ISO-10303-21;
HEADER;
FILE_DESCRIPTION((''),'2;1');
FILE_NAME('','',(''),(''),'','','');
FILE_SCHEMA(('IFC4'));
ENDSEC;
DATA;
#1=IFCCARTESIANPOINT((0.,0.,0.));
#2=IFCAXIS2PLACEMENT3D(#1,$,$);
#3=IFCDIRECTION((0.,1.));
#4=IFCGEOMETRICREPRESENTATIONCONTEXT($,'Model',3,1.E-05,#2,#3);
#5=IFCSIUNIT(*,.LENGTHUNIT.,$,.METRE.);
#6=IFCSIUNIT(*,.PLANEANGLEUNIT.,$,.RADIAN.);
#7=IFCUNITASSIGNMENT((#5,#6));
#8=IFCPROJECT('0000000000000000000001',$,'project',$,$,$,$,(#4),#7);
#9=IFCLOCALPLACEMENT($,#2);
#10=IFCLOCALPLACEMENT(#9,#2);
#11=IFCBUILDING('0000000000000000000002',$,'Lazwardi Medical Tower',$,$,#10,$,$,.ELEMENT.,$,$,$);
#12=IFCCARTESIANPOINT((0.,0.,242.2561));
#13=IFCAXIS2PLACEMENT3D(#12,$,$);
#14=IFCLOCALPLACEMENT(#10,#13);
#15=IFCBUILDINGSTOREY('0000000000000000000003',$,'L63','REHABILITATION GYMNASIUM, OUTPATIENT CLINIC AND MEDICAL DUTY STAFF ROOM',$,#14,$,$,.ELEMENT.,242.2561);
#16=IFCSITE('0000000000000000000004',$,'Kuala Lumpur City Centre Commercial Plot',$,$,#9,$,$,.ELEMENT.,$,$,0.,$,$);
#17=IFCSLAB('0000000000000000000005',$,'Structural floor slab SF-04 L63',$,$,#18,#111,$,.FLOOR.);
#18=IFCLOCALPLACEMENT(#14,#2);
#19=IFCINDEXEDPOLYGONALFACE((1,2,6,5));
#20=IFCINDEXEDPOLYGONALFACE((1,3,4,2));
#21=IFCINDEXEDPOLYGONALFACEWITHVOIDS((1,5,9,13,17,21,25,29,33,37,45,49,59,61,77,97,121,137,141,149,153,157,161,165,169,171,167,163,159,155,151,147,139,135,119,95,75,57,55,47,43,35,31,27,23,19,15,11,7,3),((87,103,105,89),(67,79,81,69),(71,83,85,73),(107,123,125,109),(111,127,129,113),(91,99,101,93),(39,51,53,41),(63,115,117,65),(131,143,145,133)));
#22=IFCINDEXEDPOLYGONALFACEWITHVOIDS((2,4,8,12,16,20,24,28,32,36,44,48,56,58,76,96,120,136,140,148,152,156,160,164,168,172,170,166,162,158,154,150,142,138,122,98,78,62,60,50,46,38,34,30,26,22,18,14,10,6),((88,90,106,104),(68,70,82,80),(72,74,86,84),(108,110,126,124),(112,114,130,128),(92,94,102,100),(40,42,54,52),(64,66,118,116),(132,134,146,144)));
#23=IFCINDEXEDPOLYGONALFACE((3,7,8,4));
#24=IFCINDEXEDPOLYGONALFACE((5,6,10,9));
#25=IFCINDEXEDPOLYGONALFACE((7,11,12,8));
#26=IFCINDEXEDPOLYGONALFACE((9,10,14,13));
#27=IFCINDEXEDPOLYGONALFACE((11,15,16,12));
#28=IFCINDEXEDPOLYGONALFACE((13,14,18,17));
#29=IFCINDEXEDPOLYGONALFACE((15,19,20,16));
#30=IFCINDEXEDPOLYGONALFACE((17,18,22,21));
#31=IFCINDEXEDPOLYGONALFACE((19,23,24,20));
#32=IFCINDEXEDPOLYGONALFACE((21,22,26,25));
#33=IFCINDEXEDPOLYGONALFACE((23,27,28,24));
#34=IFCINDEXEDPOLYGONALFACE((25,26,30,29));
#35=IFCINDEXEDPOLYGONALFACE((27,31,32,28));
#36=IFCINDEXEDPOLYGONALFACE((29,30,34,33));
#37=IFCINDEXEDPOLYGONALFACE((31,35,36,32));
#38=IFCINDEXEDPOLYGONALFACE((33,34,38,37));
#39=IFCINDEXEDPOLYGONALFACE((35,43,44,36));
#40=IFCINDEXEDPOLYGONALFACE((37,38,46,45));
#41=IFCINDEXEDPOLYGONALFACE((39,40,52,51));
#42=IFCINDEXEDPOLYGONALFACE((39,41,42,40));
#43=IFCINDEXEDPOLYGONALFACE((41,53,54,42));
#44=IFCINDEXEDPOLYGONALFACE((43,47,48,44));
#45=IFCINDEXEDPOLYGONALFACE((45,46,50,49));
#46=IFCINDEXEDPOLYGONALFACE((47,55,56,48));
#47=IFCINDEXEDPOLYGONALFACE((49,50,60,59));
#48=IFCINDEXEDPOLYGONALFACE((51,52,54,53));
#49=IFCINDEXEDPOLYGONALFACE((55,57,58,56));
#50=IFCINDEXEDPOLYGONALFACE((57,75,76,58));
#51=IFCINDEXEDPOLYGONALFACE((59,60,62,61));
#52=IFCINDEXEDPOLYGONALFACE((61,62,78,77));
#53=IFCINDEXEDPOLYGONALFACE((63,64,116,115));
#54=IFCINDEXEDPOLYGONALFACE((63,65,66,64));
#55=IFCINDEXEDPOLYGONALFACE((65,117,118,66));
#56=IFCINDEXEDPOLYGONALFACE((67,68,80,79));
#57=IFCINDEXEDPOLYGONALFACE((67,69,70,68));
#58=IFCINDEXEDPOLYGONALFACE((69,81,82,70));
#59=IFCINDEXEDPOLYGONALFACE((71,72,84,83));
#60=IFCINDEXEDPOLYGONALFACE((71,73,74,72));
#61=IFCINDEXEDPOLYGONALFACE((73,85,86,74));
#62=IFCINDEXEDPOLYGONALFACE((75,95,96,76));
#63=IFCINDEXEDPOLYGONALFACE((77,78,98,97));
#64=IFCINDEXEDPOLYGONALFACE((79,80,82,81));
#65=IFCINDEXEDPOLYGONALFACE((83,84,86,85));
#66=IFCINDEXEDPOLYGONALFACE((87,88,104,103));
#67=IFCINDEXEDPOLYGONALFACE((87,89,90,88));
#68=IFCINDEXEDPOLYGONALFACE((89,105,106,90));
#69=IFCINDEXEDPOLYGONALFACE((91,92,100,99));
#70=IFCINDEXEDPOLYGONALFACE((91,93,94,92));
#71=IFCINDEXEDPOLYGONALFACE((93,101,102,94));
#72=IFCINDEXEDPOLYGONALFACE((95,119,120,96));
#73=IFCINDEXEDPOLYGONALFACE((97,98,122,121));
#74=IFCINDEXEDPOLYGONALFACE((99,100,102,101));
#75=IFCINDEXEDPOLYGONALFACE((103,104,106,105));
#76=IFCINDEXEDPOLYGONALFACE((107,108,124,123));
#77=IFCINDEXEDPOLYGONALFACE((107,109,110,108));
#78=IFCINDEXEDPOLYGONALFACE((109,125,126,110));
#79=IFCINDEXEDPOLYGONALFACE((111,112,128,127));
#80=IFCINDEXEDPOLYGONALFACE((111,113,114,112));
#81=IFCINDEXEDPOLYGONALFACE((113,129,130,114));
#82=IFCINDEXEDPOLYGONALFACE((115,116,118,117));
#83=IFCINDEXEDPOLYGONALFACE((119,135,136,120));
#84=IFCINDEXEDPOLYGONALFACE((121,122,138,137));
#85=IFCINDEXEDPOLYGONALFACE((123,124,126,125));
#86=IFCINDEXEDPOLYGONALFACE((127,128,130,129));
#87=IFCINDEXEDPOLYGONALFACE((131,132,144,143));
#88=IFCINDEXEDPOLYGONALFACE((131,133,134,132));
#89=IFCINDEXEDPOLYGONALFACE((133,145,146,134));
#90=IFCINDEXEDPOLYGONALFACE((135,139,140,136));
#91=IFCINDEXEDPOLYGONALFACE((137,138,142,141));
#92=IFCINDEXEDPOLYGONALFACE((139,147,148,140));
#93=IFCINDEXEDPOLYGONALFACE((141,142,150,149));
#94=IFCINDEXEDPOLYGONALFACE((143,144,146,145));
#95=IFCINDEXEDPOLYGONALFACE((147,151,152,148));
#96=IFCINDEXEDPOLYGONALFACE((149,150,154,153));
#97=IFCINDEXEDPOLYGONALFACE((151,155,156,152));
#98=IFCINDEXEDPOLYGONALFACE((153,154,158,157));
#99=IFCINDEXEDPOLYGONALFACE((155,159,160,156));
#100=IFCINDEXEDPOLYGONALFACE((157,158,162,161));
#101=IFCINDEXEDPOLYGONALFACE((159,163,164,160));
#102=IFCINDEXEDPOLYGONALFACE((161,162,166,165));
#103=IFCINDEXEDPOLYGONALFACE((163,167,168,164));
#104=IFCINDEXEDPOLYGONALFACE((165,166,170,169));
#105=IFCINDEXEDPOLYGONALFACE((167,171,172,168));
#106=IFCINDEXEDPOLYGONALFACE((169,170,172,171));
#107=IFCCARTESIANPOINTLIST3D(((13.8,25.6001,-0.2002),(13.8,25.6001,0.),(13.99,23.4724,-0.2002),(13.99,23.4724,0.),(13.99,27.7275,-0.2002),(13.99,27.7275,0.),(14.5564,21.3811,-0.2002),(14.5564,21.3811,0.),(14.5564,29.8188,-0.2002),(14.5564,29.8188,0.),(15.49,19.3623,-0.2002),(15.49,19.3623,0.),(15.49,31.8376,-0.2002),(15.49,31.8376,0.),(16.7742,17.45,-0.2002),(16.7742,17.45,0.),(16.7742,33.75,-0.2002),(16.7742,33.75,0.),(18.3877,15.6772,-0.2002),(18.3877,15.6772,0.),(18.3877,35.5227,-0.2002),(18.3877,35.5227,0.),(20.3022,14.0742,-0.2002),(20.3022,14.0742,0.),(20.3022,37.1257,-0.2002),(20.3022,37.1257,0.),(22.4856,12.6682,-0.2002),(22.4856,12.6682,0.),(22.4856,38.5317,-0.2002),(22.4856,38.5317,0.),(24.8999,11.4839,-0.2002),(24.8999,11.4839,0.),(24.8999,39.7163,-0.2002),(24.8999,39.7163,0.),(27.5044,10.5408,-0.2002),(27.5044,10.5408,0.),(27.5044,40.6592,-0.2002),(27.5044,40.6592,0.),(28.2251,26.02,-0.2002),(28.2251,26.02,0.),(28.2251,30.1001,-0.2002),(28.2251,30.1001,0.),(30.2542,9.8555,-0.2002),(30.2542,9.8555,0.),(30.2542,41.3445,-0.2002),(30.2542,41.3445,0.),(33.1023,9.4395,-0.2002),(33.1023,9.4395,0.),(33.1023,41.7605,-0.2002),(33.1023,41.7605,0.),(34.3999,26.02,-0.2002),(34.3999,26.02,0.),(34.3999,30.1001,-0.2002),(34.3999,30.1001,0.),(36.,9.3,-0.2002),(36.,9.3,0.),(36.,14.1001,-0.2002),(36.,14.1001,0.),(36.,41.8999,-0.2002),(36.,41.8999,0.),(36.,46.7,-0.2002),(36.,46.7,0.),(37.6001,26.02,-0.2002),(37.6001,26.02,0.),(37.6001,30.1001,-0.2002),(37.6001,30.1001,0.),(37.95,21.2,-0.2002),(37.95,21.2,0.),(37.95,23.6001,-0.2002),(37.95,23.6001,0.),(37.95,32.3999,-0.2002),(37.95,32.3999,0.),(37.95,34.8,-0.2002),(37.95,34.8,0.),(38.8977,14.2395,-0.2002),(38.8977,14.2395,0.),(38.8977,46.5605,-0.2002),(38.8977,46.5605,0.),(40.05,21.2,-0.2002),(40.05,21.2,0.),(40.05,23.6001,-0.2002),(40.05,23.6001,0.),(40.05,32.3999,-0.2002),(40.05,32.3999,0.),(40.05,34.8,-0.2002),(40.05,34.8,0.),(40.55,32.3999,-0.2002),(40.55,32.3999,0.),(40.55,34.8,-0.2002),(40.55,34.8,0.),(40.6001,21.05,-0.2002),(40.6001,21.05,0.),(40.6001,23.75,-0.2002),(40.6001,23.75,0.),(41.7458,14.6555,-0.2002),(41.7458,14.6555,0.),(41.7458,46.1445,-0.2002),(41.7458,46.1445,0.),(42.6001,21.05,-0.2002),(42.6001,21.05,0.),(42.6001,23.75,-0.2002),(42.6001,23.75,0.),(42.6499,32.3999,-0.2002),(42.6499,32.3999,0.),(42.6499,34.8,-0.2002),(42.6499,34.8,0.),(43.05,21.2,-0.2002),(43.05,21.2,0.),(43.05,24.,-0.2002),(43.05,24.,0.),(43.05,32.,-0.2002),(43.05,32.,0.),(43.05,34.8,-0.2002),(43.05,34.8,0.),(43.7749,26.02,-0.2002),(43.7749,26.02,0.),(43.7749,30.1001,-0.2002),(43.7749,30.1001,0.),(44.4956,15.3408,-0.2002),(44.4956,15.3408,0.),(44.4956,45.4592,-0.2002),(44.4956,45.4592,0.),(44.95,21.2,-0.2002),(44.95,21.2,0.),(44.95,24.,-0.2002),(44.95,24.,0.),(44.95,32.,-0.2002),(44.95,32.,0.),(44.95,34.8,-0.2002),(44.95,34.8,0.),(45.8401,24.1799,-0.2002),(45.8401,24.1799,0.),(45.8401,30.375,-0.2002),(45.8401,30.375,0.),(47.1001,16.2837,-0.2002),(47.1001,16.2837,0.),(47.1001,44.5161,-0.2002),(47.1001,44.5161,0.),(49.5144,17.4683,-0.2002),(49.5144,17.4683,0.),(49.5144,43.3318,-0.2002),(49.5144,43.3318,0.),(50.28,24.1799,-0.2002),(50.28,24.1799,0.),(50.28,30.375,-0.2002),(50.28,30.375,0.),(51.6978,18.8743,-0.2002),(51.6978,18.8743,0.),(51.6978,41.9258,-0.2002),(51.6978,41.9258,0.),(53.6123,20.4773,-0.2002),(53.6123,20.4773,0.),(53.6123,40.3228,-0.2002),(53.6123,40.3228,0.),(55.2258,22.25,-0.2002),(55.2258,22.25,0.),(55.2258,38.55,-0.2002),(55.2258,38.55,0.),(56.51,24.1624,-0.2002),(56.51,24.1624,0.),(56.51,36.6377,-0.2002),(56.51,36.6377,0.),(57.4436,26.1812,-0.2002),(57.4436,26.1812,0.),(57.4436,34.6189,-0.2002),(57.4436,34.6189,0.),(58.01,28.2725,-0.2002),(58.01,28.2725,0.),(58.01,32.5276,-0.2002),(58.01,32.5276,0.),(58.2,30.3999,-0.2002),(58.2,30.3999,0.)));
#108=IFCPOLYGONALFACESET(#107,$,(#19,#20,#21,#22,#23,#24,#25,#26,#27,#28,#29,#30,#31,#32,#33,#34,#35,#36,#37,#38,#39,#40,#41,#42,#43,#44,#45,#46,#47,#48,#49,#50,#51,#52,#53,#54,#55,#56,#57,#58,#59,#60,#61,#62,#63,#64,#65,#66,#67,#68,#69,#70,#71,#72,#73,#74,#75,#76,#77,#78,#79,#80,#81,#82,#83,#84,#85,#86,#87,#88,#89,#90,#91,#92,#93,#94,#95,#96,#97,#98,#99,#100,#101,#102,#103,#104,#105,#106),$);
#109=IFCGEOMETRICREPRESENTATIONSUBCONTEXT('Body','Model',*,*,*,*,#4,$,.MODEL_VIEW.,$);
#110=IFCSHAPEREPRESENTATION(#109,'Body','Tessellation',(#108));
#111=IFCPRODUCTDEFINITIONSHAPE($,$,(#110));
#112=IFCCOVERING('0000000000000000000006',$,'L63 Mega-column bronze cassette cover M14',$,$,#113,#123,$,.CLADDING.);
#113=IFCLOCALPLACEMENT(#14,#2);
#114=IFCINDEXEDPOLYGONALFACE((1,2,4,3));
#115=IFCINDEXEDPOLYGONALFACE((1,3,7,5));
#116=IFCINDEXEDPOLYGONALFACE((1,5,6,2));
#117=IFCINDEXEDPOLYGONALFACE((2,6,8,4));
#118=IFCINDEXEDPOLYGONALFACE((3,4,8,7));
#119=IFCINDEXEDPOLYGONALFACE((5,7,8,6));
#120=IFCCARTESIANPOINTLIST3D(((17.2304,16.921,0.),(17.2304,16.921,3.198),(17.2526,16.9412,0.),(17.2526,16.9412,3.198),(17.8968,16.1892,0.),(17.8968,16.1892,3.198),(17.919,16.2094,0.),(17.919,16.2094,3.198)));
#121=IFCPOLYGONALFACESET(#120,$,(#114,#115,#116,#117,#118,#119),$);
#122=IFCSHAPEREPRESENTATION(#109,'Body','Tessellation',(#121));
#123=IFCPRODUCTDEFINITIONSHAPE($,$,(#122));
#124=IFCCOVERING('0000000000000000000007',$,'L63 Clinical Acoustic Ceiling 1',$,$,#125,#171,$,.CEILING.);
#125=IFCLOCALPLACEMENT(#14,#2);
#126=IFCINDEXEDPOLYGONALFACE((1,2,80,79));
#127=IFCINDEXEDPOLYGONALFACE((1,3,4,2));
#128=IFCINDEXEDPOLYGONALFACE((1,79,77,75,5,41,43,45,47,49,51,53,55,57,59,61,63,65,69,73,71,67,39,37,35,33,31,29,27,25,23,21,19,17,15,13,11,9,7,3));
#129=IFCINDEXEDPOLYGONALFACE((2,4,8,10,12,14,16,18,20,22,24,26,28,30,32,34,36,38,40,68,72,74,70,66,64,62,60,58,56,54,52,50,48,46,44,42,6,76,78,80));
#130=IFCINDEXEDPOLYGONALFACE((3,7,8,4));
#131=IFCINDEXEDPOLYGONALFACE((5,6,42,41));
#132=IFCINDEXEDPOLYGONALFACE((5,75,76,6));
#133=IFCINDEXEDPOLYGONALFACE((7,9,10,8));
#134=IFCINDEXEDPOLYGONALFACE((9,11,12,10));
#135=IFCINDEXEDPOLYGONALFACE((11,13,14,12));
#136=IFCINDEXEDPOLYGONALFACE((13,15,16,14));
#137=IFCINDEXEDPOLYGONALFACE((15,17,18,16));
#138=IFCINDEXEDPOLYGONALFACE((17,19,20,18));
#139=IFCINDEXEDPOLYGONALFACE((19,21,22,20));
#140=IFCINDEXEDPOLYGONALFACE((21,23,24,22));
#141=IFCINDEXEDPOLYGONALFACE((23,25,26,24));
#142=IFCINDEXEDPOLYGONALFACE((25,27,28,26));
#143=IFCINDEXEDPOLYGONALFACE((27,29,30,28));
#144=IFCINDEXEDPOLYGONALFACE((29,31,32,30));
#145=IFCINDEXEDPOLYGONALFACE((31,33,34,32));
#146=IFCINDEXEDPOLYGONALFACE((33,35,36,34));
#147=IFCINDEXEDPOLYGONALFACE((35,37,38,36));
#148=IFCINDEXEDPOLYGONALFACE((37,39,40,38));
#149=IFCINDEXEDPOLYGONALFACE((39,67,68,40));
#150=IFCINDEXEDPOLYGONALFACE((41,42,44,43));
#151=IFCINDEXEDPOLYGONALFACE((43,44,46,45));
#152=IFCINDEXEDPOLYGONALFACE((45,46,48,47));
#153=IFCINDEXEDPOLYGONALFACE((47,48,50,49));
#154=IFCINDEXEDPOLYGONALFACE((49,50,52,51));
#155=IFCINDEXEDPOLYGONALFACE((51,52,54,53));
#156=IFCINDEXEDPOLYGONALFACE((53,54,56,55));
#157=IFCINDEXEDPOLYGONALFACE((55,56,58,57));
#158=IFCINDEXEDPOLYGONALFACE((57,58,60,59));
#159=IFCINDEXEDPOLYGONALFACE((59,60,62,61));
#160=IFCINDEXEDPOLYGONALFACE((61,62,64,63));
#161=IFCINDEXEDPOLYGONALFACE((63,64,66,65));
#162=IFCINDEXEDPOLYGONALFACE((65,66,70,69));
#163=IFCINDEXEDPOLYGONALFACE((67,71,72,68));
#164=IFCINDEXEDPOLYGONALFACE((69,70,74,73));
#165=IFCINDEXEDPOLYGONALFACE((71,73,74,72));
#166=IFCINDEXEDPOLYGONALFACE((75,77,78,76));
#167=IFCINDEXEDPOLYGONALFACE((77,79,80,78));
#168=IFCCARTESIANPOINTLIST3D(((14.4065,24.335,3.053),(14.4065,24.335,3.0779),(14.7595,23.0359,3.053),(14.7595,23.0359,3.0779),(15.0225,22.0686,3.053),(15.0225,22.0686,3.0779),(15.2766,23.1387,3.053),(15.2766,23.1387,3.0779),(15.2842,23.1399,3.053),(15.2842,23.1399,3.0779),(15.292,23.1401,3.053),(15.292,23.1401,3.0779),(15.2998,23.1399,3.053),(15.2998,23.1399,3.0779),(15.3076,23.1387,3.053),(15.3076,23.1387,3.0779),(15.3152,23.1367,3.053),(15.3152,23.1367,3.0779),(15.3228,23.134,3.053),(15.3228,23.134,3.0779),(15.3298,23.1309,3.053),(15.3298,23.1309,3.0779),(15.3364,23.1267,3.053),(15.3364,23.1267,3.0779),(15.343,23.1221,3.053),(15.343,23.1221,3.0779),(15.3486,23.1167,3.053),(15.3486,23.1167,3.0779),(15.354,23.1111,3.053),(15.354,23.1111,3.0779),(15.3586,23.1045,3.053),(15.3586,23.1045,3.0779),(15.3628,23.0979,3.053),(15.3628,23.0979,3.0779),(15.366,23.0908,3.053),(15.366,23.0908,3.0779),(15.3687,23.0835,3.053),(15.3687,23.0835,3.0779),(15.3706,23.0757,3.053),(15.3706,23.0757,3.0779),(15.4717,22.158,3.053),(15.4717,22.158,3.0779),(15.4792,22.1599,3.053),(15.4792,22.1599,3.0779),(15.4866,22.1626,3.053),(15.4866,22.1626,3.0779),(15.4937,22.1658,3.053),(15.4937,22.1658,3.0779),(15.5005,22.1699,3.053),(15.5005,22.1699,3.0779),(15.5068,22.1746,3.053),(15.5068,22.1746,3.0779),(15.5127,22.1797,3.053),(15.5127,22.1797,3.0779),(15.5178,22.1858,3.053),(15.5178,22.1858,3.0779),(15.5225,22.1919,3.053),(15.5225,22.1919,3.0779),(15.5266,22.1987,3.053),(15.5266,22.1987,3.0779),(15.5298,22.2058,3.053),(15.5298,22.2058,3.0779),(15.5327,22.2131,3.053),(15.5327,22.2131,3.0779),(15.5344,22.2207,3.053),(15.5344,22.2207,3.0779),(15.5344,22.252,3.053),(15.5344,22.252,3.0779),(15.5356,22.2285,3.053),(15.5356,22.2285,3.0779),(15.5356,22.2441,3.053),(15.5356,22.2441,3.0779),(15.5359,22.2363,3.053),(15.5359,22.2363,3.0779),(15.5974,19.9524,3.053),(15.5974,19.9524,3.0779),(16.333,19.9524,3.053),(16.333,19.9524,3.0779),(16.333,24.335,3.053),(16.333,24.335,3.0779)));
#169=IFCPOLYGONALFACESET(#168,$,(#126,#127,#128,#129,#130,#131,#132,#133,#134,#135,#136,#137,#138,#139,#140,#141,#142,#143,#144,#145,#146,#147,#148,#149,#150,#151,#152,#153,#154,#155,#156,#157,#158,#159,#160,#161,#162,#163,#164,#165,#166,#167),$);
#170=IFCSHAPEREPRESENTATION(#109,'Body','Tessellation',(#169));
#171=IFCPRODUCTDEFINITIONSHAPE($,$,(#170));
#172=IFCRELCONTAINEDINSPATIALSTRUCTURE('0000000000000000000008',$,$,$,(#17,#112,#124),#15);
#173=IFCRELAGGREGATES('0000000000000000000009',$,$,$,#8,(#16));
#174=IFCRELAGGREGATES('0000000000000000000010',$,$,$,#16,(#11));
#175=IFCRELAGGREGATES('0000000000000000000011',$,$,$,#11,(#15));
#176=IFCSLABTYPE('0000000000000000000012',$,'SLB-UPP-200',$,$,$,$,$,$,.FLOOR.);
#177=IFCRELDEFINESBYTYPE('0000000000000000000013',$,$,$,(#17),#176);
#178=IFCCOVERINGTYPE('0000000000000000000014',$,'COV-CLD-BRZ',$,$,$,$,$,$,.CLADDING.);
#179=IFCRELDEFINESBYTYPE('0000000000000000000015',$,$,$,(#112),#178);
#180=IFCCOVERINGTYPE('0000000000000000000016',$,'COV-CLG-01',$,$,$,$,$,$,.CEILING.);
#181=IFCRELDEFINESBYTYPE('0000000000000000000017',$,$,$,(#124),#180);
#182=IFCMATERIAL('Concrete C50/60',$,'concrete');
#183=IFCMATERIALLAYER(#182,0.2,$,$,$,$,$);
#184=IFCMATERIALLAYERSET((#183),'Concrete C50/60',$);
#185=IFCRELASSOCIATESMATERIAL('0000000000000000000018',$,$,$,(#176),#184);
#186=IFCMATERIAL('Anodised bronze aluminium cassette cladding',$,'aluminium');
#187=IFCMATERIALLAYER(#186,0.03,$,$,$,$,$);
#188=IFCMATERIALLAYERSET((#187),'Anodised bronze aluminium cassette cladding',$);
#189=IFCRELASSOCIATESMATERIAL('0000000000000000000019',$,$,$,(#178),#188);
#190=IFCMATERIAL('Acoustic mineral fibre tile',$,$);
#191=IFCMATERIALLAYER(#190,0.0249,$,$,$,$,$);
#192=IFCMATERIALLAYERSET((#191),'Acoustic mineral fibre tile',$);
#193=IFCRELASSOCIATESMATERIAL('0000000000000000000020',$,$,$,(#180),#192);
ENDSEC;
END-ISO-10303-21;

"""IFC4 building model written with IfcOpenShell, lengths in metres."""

from ifc_helpers import new_model, si_unit, direction, frame, origin, origin_2d, place, context, subcontext, project, spatial, polyline, rectangle, outline, extrude, material, layer, layer_set, type_object, element, save


model = new_model("IFC4")

# Units and contexts
model_context = context("Model", 3, precision=1e-05, world=origin(), true_north=direction((0.0, 1.0)))
body_context = subcontext(model_context, "Body", "Model", "MODEL_VIEW")
ifc_project = project(units=[si_unit("LENGTHUNIT", "METRE"), si_unit("PLANEANGLEUNIT", "RADIAN")], contexts=[model_context])

# Site, building, storey
site_placement = place(None, origin())
site = spatial("IfcSite", under=ifc_project, at=site_placement, Name="Kuala Lumpur City Centre Commercial Plot", CompositionType="ELEMENT", RefElevation=0.0)
building_placement = place(site_placement, origin())
building = spatial("IfcBuilding", under=site, at=building_placement, Name="Lazwardi Medical Tower", CompositionType="ELEMENT")
storey_placement = place(building_placement, frame((0.0, 0.0, 242.2561)))
storey = spatial("IfcBuildingStorey", under=building, at=storey_placement, Name="L63", Description="REHABILITATION GYMNASIUM, OUTPATIENT CLINIC AND MEDICAL DUTY STAFF ROOM", CompositionType="ELEMENT", Elevation=242.2561)

# Slab
ifc_material_1 = material(Name="Concrete C50/60", Category="concrete")
ifc_layer_1 = layer(ifc_material_1, 0.2)
ifc_layer_set_1 = layer_set([ifc_layer_1], Name="Concrete C50/60")
slab_type_1 = type_object("IfcSlabType", Name="SLB-UPP-200", PredefinedType="FLOOR", material=ifc_layer_set_1)
slab_1_placement = place(storey_placement, frame((0.0, 0.0, -0.2002)))
element("IfcSlab", 1, at=slab_1_placement, inside=storey, type_object=slab_type_1, Name="Structural floor slab SF-04 L63", PredefinedType="FLOOR", context=body_context, shape_type="SweptSolid", body=[
    extrude(outline(polyline([(18.3877, 15.6772), (20.3022, 14.0742), (22.4856, 12.6682), (24.8999, 11.4839), (27.5044, 10.5408), (30.2542, 9.8555), (33.1023, 9.4395), (36.0, 9.3), (36.0, 14.1001), (38.8977, 14.2395), (41.7458, 14.6555), (44.4956, 15.3408), (47.1001, 16.2837), (49.5144, 17.4683), (51.6978, 18.8743), (53.6123, 20.4773), (55.2258, 22.25), (56.51, 24.1624), (57.4436, 26.1812), (58.01, 28.2725), (58.2, 30.3999), (58.01, 32.5276), (57.4436, 34.6189), (56.51, 36.6377), (55.2258, 38.55), (53.6123, 40.3228), (51.6978, 41.9258), (49.5144, 43.3318), (47.1001, 44.5161), (44.4956, 45.4592), (41.7458, 46.1445), (38.8977, 46.5605), (36.0, 46.7), (36.0, 41.8999), (33.1023, 41.7605), (30.2542, 41.3445), (27.5044, 40.6592), (24.8999, 39.7163), (22.4856, 38.5317), (20.3022, 37.1257), (18.3877, 35.5227), (16.7742, 33.75), (15.49, 31.8376), (14.5564, 29.8188), (13.99, 27.7275), (13.8, 25.6001), (13.99, 23.4724), (14.5564, 21.3811), (15.49, 19.3623), (16.7742, 17.45), (18.3877, 15.6772)]), holes=[polyline([(28.2251, 26.02), (28.2251, 30.1001), (34.3999, 30.1001), (34.3999, 26.02), (28.2251, 26.02)]), polyline([(37.6001, 30.1001), (43.7749, 30.1001), (43.7749, 26.02), (37.6001, 26.02), (37.6001, 30.1001)]), polyline([(50.28, 30.375), (50.28, 24.1799), (45.8401, 24.1799), (45.8401, 30.375), (50.28, 30.375)]), polyline([(40.05, 32.3999), (37.95, 32.3999), (37.95, 34.8), (40.05, 34.8), (40.05, 32.3999)]), polyline([(40.55, 32.3999), (40.55, 34.8), (42.6499, 34.8), (42.6499, 32.3999), (40.55, 32.3999)]), polyline([(37.95, 23.6001), (40.05, 23.6001), (40.05, 21.2), (37.95, 21.2), (37.95, 23.6001)]), polyline([(44.95, 34.8), (44.95, 32.0), (43.05, 32.0), (43.05, 34.8), (44.95, 34.8)]), polyline([(44.95, 21.2), (43.05, 21.2), (43.05, 24.0), (44.95, 24.0), (44.95, 21.2)]), polyline([(40.6001, 21.05), (40.6001, 23.75), (42.6001, 23.75), (42.6001, 21.05), (40.6001, 21.05)])]), origin(), (0.0, 0.0, 1.0), 0.2002),
])

# Coverings
ifc_material_2 = material(Name="Anodised bronze aluminium cassette cladding", Category="aluminium")
ifc_layer_2 = layer(ifc_material_2, 0.03)
ifc_layer_set_2 = layer_set([ifc_layer_2], Name="Anodised bronze aluminium cassette cladding")
covering_type_1 = type_object("IfcCoveringType", Name="COV-CLD-BRZ", PredefinedType="CLADDING", material=ifc_layer_set_2)
covering_1_placement = place(storey_placement, frame((17.5747, 16.5652, 0.0), z_axis=(0.0, 0.0, 1.0), x_axis=(0.673241, -0.739423, 0.0)))
element("IfcCovering", 2, at=covering_1_placement, inside=storey, type_object=covering_type_1, Name="L63 Mega-column bronze cassette cover M14", PredefinedType="CLADDING", context=body_context, shape_type="SweptSolid", body=[
    extrude(rectangle(XDim=0.9897, YDim=0.03, at=origin_2d()), origin(), (0.0, 0.0, 1.0), 3.198),
])
ifc_material_3 = material(Name="Acoustic mineral fibre tile")
ifc_layer_3 = layer(ifc_material_3, 0.0249)
ifc_layer_set_3 = layer_set([ifc_layer_3], Name="Acoustic mineral fibre tile")
covering_type_2 = type_object("IfcCoveringType", Name="COV-CLG-01", PredefinedType="CEILING", material=ifc_layer_set_3)
covering_2_placement = place(storey_placement, frame((0.0, 0.0, 3.053)))
element("IfcCovering", 3, at=covering_2_placement, inside=storey, type_object=covering_type_2, Name="L63 Clinical Acoustic Ceiling 1", PredefinedType="CEILING", context=body_context, shape_type="SweptSolid", body=[
    extrude(outline(polyline([(16.333, 24.335), (14.4065, 24.335), (14.7595, 23.0359), (15.2766, 23.1387), (15.2842, 23.1399), (15.292, 23.1401), (15.2998, 23.1399), (15.3076, 23.1387), (15.3152, 23.1367), (15.3228, 23.134), (15.3298, 23.1309), (15.3364, 23.1267), (15.343, 23.1221), (15.3486, 23.1167), (15.354, 23.1111), (15.3586, 23.1045), (15.3628, 23.0979), (15.366, 23.0908), (15.3687, 23.0835), (15.3706, 23.0757), (15.5344, 22.252), (15.5356, 22.2441), (15.5359, 22.2363), (15.5356, 22.2285), (15.5344, 22.2207), (15.5327, 22.2131), (15.5298, 22.2058), (15.5266, 22.1987), (15.5225, 22.1919), (15.5178, 22.1858), (15.5127, 22.1797), (15.5068, 22.1746), (15.5005, 22.1699), (15.4937, 22.1658), (15.4866, 22.1626), (15.4792, 22.1599), (15.4717, 22.158), (15.0225, 22.0686), (15.5974, 19.9524), (16.333, 19.9524), (16.333, 24.335)])), origin(), (0.0, 0.0, 1.0), 0.0249),
])

save(model, "model.ifc")
